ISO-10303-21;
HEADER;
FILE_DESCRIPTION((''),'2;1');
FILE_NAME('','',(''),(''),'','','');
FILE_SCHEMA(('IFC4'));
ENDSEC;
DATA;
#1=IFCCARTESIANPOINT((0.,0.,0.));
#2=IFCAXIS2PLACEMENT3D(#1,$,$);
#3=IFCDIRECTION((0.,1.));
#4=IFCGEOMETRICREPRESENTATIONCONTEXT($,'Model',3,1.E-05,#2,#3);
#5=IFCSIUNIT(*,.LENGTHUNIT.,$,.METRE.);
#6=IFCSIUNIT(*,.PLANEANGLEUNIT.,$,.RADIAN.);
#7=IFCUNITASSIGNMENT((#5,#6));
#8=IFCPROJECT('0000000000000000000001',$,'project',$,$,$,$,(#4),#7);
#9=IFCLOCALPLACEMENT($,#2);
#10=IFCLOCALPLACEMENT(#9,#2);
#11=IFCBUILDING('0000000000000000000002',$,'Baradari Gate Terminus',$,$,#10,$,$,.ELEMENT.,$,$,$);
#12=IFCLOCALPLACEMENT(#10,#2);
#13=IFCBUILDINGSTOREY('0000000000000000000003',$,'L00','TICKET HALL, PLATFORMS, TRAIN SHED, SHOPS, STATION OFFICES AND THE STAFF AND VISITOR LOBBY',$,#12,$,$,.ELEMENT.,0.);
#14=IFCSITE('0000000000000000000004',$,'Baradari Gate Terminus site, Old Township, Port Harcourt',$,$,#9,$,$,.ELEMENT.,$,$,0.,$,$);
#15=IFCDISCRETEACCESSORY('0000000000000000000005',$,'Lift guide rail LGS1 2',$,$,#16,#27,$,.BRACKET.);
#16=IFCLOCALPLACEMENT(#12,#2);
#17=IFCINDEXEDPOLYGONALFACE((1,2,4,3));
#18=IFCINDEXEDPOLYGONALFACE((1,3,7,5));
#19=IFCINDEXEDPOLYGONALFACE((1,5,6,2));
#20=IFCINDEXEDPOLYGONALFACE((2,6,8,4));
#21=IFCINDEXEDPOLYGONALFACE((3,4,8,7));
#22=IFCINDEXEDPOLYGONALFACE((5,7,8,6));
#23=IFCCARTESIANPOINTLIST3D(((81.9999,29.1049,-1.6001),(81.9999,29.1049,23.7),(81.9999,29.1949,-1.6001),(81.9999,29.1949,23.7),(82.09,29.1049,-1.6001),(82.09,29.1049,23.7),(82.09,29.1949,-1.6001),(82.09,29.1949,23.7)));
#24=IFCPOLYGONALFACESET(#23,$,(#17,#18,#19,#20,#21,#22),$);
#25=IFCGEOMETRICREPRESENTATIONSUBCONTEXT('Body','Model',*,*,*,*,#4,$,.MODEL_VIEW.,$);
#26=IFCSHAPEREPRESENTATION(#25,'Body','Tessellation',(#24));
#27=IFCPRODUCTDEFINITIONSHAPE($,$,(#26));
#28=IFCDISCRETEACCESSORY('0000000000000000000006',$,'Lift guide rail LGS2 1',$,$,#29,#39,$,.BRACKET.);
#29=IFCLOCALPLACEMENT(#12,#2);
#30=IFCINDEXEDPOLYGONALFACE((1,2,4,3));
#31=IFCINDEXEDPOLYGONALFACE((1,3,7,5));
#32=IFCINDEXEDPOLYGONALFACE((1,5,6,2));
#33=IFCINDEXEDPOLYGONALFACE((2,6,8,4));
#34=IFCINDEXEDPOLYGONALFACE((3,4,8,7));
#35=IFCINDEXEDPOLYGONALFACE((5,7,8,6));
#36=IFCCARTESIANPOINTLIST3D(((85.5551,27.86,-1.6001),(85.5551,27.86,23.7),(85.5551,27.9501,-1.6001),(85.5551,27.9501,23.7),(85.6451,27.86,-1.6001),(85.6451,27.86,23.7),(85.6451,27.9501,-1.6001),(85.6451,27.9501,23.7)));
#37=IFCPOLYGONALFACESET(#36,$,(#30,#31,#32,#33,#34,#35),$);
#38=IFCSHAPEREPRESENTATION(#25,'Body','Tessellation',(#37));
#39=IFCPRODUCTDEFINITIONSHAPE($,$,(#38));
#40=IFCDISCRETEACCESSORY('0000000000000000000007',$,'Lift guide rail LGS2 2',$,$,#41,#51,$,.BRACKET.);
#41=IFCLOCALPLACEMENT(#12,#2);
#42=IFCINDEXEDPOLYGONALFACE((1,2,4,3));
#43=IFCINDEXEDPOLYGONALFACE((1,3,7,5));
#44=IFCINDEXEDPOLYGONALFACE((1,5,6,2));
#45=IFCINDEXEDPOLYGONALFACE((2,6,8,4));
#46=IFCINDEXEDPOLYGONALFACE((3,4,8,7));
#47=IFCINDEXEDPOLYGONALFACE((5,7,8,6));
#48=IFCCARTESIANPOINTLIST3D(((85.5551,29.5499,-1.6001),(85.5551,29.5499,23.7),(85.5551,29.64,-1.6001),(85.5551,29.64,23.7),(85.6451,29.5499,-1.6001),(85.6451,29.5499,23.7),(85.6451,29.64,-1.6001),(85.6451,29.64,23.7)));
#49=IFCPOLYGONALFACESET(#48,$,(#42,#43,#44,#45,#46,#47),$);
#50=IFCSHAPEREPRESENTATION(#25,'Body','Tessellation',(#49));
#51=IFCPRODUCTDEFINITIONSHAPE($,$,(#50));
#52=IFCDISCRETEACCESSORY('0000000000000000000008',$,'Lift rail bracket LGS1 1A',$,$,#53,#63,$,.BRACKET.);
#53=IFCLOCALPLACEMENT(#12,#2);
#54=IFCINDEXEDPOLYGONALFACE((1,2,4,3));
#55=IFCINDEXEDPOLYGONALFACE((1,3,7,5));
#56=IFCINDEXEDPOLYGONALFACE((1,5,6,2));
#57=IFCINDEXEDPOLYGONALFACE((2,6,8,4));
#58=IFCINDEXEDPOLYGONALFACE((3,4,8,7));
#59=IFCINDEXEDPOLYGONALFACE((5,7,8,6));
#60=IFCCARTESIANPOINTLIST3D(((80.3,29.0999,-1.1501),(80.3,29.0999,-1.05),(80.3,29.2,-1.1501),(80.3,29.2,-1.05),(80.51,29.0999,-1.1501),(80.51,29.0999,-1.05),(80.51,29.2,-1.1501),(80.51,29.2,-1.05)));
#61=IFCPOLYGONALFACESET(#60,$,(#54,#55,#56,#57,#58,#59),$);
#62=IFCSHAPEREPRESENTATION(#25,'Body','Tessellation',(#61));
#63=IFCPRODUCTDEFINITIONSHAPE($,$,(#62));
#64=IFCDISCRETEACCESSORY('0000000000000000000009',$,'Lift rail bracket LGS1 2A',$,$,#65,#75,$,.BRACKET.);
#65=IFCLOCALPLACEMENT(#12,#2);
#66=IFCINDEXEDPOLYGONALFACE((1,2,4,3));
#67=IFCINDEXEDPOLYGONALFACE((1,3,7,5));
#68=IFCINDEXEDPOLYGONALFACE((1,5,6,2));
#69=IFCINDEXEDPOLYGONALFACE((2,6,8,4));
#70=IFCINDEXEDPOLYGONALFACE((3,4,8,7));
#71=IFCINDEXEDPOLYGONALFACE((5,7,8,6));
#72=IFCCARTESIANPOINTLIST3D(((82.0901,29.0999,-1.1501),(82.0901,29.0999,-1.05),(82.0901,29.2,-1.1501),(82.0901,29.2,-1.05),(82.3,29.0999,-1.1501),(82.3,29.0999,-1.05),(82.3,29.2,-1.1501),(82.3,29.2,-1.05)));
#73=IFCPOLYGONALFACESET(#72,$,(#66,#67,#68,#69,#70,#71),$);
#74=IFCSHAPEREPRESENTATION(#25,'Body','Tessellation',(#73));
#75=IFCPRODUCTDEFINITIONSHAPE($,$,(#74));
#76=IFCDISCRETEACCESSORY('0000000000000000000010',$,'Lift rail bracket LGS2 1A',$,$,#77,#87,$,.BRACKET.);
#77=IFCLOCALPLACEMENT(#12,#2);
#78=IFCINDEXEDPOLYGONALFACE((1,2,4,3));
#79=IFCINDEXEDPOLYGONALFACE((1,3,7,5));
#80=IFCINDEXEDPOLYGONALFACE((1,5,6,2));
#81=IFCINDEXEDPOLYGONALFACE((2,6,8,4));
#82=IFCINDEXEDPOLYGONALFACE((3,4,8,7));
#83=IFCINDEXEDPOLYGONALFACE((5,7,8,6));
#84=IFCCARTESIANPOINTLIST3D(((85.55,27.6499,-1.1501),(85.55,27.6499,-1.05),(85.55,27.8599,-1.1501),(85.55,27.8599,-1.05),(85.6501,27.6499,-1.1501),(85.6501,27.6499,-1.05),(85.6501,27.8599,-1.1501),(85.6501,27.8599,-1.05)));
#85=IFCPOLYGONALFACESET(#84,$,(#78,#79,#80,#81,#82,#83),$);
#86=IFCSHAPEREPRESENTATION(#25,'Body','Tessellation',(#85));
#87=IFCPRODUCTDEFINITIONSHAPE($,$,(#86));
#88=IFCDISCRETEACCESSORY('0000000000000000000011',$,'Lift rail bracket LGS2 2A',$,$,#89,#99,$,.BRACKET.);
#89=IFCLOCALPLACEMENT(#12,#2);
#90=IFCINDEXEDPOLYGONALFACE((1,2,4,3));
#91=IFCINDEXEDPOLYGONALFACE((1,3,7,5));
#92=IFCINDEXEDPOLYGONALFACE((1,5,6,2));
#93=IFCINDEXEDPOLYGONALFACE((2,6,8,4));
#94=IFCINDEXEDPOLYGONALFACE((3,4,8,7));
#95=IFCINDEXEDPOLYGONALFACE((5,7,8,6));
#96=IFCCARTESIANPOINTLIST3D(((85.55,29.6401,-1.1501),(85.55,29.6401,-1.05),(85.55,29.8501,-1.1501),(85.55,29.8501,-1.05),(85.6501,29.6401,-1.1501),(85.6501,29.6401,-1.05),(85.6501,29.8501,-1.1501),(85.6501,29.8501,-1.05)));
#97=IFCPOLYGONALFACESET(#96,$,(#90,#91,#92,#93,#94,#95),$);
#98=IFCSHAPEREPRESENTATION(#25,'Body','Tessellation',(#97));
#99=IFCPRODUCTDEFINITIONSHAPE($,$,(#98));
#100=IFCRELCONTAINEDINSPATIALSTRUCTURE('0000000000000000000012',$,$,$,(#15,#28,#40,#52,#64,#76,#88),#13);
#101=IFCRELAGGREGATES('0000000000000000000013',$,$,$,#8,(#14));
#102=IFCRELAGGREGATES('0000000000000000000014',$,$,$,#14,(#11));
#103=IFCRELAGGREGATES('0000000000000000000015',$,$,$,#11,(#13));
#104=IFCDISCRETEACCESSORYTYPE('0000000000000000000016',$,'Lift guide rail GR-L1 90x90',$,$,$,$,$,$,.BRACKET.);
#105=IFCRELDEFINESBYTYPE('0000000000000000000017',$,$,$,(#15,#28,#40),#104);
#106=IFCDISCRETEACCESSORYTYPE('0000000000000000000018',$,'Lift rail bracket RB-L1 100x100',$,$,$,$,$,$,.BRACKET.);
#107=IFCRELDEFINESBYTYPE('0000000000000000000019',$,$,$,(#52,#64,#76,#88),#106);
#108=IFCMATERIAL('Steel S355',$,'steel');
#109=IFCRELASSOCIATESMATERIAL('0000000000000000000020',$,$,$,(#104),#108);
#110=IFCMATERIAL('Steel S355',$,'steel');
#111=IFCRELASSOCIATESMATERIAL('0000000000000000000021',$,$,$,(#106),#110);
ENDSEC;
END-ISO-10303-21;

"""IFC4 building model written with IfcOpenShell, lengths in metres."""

from ifc_helpers import new_model, si_unit, direction, frame, origin, origin_2d, place, context, subcontext, project, spatial, rectangle, extrude, material, type_object, element, save


model = new_model("IFC4")

# Units and contexts
model_context = context("Model", 3, precision=1e-05, world=origin(), true_north=direction((0.0, 1.0)))
body_context = subcontext(model_context, "Body", "Model", "MODEL_VIEW")
ifc_project = project(units=[si_unit("LENGTHUNIT", "METRE"), si_unit("PLANEANGLEUNIT", "RADIAN")], contexts=[model_context])

# Site, building, storey
site_placement = place(None, origin())
site = spatial("IfcSite", under=ifc_project, at=site_placement, Name="Baradari Gate Terminus site, Old Township, Port Harcourt", CompositionType="ELEMENT", RefElevation=0.0)
building_placement = place(site_placement, origin())
building = spatial("IfcBuilding", under=site, at=building_placement, Name="Baradari Gate Terminus", CompositionType="ELEMENT")
storey_placement = place(building_placement, origin())
storey = spatial("IfcBuildingStorey", under=building, at=storey_placement, Name="L00", Description="TICKET HALL, PLATFORMS, TRAIN SHED, SHOPS, STATION OFFICES AND THE STAFF AND VISITOR LOBBY", CompositionType="ELEMENT", Elevation=0.0)

# Discrete accessories
ifc_material_1 = material(Name="Steel S355", Category="steel")
discrete_accessory_type_1 = type_object("IfcDiscreteAccessoryType", Name="Lift guide rail GR-L1 90x90", PredefinedType="BRACKET", material=ifc_material_1)
for number, where, z_axis, x_axis, name in (
    (1, (82.0449, 29.1499, -1.6001), (0.0, 0.0, 1.0), (1.0, 0.0, 0.0), "Lift guide rail LGS1 2"),
    (2, (85.6001, 27.905, -1.6001), (0.0, 0.0, 1.0), (1.0, 0.0, 0.0), "Lift guide rail LGS2 1"),
    (3, (85.6001, 29.595, -1.6001), (0.0, 0.0, 1.0), (1.0, 0.0, 0.0), "Lift guide rail LGS2 2"),
):
    element("IfcDiscreteAccessory", number, at=place(storey_placement, frame(where, z_axis=z_axis, x_axis=x_axis)), inside=storey, type_object=discrete_accessory_type_1, Name=name, PredefinedType="BRACKET", context=body_context, shape_type="SweptSolid", body=[
        extrude(rectangle(XDim=0.0901, YDim=0.0901, at=origin_2d()), origin(), (0.0, 0.0, 1.0), 25.3),
    ])
ifc_material_2 = material(Name="Steel S355", Category="steel")
discrete_accessory_type_2 = type_object("IfcDiscreteAccessoryType", Name="Lift rail bracket RB-L1 100x100", PredefinedType="BRACKET", material=ifc_material_2)
for number, where, z_axis, x_axis, name in (
    (4, (80.405, 29.1499, -1.1501), (0.0, 0.0, 1.0), (1.0, 0.0, 0.0), "Lift rail bracket LGS1 1A"),
    (5, (82.1951, 29.1499, -1.1501), (0.0, 0.0, 1.0), (1.0, 0.0, 0.0), "Lift rail bracket LGS1 2A"),
):
    element("IfcDiscreteAccessory", number, at=place(storey_placement, frame(where, z_axis=z_axis, x_axis=x_axis)), inside=storey, type_object=discrete_accessory_type_2, Name=name, PredefinedType="BRACKET", context=body_context, shape_type="SweptSolid", body=[
        extrude(rectangle(XDim=0.21, YDim=0.1001, at=origin_2d()), origin(), (0.0, 0.0, 1.0), 0.1001),
    ])
for number, where, z_axis, x_axis, name in (
    (6, (85.6001, 27.7549, -1.1501), (0.0, 0.0, 1.0), (1.0, 0.0, 0.0), "Lift rail bracket LGS2 1A"),
    (7, (85.6001, 29.7451, -1.1501), (0.0, 0.0, 1.0), (1.0, 0.0, 0.0), "Lift rail bracket LGS2 2A"),
):
    element("IfcDiscreteAccessory", number, at=place(storey_placement, frame(where, z_axis=z_axis, x_axis=x_axis)), inside=storey, type_object=discrete_accessory_type_2, Name=name, PredefinedType="BRACKET", context=body_context, shape_type="SweptSolid", body=[
        extrude(rectangle(XDim=0.1001, YDim=0.21, at=origin_2d()), origin(), (0.0, 0.0, 1.0), 0.1001),
    ])

save(model, "model.ifc")
